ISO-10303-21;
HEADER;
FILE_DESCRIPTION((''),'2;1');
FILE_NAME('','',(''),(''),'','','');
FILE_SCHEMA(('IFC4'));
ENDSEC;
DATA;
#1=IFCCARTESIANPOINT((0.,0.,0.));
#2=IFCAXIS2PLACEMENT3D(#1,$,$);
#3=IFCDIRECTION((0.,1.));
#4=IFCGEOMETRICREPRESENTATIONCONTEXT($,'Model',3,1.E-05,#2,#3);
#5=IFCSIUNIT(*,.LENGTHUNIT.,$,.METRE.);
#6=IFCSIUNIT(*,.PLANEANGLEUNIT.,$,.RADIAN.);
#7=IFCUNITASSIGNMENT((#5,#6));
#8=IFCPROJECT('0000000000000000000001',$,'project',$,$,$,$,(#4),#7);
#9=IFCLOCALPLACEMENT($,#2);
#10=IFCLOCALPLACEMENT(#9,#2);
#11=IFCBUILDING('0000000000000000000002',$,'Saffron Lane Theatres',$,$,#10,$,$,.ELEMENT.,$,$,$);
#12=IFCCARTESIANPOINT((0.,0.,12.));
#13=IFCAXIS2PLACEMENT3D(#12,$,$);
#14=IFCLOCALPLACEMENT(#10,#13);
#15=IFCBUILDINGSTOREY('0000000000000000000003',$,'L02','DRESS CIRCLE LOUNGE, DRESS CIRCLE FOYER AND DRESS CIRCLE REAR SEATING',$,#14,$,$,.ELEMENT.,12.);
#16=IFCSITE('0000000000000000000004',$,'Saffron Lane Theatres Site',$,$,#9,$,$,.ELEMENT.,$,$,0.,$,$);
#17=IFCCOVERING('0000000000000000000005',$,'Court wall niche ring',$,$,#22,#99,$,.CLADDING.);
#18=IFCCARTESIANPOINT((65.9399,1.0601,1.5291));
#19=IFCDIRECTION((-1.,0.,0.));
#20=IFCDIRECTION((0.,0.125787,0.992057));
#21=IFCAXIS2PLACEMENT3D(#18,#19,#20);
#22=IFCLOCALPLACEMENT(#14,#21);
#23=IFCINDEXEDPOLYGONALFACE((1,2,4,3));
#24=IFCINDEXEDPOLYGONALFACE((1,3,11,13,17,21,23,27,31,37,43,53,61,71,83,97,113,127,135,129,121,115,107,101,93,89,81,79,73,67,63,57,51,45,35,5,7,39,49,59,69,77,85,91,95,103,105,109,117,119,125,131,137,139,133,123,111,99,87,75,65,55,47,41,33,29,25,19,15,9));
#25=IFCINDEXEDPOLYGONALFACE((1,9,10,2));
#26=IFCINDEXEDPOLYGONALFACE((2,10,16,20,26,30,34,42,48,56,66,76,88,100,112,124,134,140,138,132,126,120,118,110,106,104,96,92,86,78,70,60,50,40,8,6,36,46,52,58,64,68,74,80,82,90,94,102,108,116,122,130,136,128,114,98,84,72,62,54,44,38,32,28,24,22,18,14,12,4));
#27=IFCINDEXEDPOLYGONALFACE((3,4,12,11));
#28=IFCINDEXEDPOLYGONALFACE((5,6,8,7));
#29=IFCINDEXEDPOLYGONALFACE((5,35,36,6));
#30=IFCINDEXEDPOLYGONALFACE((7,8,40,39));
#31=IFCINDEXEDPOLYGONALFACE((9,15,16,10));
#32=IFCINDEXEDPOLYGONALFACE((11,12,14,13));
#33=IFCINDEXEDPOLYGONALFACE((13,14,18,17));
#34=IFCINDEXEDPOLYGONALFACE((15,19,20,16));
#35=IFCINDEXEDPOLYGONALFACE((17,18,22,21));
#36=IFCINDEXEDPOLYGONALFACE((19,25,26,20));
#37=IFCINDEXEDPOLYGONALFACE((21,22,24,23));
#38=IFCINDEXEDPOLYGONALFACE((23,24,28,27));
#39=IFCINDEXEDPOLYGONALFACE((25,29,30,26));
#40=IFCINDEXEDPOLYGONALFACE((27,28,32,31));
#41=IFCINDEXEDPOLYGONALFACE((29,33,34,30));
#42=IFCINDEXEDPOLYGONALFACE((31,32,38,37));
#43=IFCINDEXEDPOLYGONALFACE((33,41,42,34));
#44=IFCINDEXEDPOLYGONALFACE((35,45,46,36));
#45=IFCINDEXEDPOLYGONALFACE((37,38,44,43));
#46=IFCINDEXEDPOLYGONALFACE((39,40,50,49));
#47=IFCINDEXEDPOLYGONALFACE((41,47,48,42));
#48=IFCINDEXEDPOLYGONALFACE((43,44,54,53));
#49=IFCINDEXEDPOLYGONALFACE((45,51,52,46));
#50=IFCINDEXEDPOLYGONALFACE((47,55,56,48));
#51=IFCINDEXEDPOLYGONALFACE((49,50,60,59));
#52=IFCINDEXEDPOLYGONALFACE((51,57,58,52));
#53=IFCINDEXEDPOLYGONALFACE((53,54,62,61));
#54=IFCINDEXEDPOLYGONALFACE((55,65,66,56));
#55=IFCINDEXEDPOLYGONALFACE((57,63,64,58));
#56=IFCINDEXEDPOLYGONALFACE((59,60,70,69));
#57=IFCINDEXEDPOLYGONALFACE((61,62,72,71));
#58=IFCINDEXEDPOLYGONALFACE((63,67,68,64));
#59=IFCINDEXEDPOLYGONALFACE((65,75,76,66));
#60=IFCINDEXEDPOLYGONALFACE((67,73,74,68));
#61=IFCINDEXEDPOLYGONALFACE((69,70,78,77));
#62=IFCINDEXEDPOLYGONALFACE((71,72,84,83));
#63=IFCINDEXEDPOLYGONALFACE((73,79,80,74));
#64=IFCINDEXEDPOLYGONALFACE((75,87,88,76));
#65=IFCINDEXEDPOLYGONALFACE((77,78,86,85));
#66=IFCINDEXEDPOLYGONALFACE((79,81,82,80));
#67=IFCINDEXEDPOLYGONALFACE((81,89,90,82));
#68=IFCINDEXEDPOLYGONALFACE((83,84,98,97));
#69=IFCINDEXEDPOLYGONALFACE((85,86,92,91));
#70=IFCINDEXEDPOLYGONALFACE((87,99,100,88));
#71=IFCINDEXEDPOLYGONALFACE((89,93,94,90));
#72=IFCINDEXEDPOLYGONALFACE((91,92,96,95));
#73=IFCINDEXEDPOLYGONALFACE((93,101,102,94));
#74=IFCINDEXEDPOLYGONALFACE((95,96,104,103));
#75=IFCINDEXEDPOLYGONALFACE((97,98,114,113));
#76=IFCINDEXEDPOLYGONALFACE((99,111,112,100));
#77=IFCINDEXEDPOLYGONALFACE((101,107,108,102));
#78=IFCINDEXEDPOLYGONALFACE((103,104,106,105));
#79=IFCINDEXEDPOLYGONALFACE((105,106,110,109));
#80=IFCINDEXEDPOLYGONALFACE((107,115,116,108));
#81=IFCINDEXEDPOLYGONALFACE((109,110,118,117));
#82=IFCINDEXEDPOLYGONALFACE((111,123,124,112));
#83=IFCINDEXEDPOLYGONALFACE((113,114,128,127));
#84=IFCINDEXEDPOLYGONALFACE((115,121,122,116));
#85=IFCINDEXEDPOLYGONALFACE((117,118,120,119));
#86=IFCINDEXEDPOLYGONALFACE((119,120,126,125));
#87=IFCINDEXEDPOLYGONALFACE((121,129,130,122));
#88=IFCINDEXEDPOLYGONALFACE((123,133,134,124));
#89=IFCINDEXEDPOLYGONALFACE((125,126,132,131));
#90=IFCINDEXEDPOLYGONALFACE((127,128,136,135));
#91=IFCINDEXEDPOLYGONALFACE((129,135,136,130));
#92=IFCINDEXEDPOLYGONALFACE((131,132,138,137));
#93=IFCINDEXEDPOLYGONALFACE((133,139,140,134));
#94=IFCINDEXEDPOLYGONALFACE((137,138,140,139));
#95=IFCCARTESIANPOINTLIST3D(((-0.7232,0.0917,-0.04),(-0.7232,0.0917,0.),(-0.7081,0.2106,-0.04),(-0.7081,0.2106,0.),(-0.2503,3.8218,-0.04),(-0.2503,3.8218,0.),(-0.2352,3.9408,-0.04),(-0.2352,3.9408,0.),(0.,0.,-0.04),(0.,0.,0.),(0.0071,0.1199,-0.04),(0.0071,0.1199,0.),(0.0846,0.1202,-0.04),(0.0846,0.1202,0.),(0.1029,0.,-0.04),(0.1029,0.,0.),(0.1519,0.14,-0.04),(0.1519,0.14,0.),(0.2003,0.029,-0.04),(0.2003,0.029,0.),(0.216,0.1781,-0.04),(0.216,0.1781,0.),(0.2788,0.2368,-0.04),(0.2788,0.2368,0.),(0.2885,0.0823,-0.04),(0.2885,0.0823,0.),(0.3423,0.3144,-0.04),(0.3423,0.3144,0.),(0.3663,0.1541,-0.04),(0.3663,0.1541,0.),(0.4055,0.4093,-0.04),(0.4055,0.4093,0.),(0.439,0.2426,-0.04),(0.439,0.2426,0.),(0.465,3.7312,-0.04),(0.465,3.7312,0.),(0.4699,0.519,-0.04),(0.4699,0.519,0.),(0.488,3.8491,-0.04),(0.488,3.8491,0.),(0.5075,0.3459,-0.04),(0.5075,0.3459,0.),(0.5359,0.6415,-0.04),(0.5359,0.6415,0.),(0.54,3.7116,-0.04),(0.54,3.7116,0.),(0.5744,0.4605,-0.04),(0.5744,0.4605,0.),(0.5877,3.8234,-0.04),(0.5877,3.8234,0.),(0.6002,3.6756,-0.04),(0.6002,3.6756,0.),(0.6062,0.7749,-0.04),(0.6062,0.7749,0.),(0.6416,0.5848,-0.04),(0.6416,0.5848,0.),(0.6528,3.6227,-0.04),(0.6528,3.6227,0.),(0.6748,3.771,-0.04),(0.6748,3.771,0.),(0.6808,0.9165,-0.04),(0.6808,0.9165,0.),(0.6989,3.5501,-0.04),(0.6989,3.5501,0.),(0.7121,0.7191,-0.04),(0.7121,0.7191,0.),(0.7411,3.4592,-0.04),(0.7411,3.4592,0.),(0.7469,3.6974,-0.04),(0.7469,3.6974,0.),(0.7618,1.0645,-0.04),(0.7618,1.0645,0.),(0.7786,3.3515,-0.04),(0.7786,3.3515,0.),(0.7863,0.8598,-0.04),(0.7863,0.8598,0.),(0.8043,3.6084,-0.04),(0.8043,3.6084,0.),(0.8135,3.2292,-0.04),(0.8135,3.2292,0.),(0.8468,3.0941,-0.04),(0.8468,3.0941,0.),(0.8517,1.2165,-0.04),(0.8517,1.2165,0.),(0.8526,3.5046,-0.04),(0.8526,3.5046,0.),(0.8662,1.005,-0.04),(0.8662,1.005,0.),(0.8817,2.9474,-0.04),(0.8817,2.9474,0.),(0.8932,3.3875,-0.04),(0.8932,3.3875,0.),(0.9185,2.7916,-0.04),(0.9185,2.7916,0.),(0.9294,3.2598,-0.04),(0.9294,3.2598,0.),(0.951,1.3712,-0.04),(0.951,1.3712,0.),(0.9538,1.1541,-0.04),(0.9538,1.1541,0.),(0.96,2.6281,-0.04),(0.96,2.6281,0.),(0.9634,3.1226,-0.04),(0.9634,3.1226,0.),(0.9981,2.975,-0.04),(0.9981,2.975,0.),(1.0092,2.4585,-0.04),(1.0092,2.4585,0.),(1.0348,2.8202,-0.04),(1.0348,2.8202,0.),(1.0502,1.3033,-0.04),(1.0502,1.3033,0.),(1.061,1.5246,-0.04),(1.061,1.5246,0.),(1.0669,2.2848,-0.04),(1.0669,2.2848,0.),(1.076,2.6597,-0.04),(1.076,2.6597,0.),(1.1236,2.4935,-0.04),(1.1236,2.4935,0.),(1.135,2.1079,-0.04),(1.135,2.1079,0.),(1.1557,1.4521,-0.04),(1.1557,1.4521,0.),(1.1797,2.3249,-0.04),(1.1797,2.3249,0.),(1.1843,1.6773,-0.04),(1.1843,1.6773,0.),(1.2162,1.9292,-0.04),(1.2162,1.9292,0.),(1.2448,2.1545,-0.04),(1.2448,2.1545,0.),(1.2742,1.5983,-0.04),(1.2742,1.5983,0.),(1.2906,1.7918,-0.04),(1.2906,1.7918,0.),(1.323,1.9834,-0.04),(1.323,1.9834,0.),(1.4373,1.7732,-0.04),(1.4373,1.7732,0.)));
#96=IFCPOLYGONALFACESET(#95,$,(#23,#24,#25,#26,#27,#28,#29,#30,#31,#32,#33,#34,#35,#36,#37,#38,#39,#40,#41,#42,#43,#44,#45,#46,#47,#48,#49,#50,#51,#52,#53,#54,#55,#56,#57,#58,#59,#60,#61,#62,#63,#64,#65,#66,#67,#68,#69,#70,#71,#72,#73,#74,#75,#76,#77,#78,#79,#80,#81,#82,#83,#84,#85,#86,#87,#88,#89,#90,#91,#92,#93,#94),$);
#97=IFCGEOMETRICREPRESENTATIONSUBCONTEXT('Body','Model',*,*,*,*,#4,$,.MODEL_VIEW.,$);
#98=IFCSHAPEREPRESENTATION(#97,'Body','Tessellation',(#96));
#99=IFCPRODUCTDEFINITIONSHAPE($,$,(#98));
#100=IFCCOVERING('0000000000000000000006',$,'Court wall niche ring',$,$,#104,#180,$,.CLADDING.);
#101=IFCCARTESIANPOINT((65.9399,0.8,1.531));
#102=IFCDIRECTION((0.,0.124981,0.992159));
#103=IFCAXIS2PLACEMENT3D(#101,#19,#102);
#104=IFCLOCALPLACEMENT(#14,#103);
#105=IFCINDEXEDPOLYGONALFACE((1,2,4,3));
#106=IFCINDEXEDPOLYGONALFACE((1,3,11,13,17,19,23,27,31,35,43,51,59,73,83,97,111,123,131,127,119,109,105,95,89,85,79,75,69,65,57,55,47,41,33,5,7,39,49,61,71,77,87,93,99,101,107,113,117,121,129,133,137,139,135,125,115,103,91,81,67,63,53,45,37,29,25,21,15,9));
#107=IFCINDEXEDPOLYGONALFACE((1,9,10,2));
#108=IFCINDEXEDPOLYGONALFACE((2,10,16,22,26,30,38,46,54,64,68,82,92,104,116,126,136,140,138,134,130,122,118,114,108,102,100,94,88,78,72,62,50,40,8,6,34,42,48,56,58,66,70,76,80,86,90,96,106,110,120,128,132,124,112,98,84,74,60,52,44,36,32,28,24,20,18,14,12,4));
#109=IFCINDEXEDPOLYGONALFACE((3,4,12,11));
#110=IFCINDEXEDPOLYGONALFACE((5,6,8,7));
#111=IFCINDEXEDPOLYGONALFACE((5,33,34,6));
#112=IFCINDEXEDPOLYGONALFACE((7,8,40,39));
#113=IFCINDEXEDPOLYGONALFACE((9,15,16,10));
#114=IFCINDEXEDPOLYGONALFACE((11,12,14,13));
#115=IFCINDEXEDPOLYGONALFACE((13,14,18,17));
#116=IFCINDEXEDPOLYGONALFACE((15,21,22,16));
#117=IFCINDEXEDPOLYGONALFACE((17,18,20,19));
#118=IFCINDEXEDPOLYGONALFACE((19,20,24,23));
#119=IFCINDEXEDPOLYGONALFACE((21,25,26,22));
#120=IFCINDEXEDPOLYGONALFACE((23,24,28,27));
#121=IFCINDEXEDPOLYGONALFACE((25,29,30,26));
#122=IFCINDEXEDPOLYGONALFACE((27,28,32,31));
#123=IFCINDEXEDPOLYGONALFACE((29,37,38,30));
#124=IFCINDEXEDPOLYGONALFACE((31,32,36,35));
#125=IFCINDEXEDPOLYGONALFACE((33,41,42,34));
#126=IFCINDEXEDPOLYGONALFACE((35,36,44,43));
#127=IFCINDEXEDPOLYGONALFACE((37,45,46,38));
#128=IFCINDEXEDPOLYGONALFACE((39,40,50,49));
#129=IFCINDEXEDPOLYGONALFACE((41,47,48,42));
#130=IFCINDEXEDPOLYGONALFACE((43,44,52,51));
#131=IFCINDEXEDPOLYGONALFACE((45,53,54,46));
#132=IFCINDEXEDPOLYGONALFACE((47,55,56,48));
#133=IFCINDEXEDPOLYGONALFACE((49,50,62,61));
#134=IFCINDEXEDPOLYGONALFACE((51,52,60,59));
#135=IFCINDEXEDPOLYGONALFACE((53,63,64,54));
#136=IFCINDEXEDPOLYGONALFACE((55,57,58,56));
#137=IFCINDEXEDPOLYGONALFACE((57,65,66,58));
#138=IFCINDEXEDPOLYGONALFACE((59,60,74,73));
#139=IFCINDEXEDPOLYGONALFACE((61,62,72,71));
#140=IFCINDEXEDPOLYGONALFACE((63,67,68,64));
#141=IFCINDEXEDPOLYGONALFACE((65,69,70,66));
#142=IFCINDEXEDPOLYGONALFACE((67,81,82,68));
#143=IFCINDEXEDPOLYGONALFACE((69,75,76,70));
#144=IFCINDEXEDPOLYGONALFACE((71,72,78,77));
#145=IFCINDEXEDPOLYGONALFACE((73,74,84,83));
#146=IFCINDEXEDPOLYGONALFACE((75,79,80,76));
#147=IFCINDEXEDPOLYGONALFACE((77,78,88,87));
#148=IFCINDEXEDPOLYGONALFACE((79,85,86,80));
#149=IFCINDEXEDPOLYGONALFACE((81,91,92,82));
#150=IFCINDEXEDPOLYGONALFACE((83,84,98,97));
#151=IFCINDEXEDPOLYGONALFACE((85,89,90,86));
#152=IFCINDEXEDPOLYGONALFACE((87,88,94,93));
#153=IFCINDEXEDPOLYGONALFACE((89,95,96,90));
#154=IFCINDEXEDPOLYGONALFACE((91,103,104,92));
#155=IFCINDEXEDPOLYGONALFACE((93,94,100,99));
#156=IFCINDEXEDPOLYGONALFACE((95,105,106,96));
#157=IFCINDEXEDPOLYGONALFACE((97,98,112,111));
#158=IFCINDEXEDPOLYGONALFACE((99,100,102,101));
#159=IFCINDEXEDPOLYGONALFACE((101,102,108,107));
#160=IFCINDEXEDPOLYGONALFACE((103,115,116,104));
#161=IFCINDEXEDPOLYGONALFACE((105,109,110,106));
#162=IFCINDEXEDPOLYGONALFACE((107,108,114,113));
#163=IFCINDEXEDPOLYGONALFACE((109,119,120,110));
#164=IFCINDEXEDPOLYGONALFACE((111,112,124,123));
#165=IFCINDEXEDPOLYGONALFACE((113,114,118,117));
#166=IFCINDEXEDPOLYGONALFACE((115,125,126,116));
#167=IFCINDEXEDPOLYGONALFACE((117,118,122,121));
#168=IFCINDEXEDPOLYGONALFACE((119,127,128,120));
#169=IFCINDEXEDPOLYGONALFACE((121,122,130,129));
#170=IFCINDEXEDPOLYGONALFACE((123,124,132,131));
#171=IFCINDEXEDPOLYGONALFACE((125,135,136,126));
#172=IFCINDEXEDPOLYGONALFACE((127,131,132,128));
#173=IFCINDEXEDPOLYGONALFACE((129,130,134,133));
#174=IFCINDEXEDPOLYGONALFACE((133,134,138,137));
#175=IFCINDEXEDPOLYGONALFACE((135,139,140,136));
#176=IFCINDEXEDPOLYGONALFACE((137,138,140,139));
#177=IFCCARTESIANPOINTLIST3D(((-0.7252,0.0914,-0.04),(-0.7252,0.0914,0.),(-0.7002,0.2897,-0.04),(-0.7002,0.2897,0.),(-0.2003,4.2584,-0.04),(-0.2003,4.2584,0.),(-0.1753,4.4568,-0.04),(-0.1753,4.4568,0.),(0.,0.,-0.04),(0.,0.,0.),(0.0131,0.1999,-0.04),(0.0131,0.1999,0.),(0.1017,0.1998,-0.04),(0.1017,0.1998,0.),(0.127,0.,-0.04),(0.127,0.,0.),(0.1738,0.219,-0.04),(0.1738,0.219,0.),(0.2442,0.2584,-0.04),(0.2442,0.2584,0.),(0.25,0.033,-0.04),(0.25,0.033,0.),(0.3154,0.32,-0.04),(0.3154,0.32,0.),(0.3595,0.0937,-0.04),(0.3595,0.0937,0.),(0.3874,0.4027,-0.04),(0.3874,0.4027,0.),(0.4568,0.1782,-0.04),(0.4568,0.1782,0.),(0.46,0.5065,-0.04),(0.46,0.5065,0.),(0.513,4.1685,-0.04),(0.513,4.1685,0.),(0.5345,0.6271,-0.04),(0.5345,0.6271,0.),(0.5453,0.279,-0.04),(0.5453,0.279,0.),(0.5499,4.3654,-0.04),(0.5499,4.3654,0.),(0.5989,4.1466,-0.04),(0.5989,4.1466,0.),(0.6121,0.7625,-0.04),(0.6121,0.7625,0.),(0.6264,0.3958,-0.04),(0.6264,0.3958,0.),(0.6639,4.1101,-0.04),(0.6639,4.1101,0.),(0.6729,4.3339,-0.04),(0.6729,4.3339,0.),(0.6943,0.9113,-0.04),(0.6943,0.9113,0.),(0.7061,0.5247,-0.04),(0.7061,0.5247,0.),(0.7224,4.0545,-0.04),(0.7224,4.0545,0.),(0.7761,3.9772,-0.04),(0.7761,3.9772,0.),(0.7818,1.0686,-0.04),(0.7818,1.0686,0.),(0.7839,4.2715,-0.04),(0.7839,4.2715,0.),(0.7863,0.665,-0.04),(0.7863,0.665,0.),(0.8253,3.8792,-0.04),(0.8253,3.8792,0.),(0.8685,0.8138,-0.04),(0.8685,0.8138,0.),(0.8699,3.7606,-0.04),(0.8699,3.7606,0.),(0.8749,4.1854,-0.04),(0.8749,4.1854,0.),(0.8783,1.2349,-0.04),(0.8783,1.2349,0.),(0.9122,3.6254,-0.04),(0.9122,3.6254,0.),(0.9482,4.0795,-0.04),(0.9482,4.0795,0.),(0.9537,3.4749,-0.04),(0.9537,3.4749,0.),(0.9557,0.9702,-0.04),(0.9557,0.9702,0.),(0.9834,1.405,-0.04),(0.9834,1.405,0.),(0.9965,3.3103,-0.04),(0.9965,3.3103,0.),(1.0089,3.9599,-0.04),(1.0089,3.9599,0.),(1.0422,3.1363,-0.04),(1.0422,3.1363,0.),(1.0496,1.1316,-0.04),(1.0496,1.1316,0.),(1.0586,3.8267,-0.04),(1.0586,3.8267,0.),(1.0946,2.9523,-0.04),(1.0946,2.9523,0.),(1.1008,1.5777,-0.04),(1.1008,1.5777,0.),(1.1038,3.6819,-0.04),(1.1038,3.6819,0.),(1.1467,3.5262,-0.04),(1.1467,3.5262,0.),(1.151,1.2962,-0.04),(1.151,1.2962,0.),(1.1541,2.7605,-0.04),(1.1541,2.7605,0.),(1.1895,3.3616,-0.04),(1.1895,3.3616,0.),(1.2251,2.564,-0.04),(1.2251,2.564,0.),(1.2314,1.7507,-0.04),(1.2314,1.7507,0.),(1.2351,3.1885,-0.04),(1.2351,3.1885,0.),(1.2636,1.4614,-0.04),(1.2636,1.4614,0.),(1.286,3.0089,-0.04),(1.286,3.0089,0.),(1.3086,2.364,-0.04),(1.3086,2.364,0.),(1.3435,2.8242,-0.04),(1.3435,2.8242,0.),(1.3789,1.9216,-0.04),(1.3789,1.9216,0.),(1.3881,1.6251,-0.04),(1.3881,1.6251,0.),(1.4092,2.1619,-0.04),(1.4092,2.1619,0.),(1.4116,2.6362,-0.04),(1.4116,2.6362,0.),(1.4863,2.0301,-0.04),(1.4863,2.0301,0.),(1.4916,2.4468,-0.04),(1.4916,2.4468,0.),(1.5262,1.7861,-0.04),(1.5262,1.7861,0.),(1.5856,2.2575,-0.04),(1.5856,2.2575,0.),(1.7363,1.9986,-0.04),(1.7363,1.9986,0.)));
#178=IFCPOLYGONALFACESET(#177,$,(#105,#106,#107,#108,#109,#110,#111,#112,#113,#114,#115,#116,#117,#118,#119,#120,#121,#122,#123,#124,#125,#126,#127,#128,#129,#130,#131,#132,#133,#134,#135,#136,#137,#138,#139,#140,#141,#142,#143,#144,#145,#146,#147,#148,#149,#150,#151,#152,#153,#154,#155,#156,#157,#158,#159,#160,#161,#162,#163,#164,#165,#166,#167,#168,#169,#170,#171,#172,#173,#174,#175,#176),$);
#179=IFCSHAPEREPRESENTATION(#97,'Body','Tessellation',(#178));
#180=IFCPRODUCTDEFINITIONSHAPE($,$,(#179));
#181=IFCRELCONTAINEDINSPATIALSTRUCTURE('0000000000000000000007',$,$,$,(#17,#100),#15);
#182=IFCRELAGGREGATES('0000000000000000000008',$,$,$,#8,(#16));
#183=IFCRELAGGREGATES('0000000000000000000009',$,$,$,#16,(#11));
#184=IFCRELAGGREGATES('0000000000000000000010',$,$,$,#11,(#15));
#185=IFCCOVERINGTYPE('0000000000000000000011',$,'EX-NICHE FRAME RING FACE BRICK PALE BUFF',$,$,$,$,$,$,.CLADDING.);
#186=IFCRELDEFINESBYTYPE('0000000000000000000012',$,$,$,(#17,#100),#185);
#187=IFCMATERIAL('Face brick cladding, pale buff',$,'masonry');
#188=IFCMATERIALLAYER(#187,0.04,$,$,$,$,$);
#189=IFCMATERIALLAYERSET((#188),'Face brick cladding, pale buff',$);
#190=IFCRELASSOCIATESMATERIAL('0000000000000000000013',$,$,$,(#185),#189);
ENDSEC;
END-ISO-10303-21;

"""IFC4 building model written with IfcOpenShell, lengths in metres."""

from ifc_helpers import new_model, si_unit, direction, frame, origin, place, context, subcontext, project, spatial, polyline, outline, extrude, material, layer, layer_set, type_object, element, save


model = new_model("IFC4")

# Units and contexts
model_context = context("Model", 3, precision=1e-05, world=origin(), true_north=direction((0.0, 1.0)))
body_context = subcontext(model_context, "Body", "Model", "MODEL_VIEW")
ifc_project = project(units=[si_unit("LENGTHUNIT", "METRE"), si_unit("PLANEANGLEUNIT", "RADIAN")], contexts=[model_context])

# Site, building, storey
site_placement = place(None, origin())
site = spatial("IfcSite", under=ifc_project, at=site_placement, Name="Saffron Lane Theatres Site", CompositionType="ELEMENT", RefElevation=0.0)
building_placement = place(site_placement, origin())
building = spatial("IfcBuilding", under=site, at=building_placement, Name="Saffron Lane Theatres", CompositionType="ELEMENT")
storey_placement = place(building_placement, frame((0.0, 0.0, 12.0)))
storey = spatial("IfcBuildingStorey", under=building, at=storey_placement, Name="L02", Description="DRESS CIRCLE LOUNGE, DRESS CIRCLE FOYER AND DRESS CIRCLE REAR SEATING", CompositionType="ELEMENT", Elevation=12.0)

# Coverings
ifc_material_1 = material(Name="Face brick cladding, pale buff", Category="masonry")
ifc_layer_1 = layer(ifc_material_1, 0.04)
ifc_layer_set_1 = layer_set([ifc_layer_1], Name="Face brick cladding, pale buff")
covering_type_1 = type_object("IfcCoveringType", Name="EX-NICHE FRAME RING FACE BRICK PALE BUFF", PredefinedType="CLADDING", material=ifc_layer_set_1)
covering_1_placement = place(storey_placement, frame((65.9399, 1.0601, 1.5291), z_axis=(-1.0, 0.0, 0.0), x_axis=(0.0, 0.125787, 0.992057)))
element("IfcCovering", 1, at=covering_1_placement, inside=storey, type_object=covering_type_1, Name="Court wall niche ring", PredefinedType="CLADDING", context=body_context, shape_type="SweptSolid", body=[
    extrude(outline(polyline([(0.0, 0.0), (0.1029, 0.0), (0.2003, 0.029), (0.2885, 0.0823), (0.3663, 0.1541), (0.439, 0.2426), (0.5075, 0.3459), (0.5744, 0.4605), (0.6416, 0.5848), (0.7121, 0.7191), (0.7863, 0.8598), (0.8662, 1.005), (0.9538, 1.1541), (1.0502, 1.3033), (1.1557, 1.4521), (1.2742, 1.5983), (1.4373, 1.7732), (1.323, 1.9834), (1.2448, 2.1545), (1.1797, 2.3249), (1.1236, 2.4935), (1.076, 2.6597), (1.0348, 2.8202), (0.9981, 2.975), (0.9634, 3.1226), (0.9294, 3.2598), (0.8932, 3.3875), (0.8526, 3.5046), (0.8043, 3.6084), (0.7469, 3.6974), (0.6748, 3.771), (0.5877, 3.8234), (0.488, 3.8491), (-0.2352, 3.9408), (-0.2503, 3.8218), (0.465, 3.7312), (0.54, 3.7116), (0.6002, 3.6756), (0.6528, 3.6227), (0.6989, 3.5501), (0.7411, 3.4592), (0.7786, 3.3515), (0.8135, 3.2292), (0.8468, 3.0941), (0.8817, 2.9474), (0.9185, 2.7916), (0.96, 2.6281), (1.0092, 2.4585), (1.0669, 2.2848), (1.135, 2.1079), (1.2162, 1.9292), (1.2906, 1.7918), (1.1843, 1.6773), (1.061, 1.5246), (0.951, 1.3712), (0.8517, 1.2165), (0.7618, 1.0645), (0.6808, 0.9165), (0.6062, 0.7749), (0.5359, 0.6415), (0.4699, 0.519), (0.4055, 0.4093), (0.3423, 0.3144), (0.2788, 0.2368), (0.216, 0.1781), (0.1519, 0.14), (0.0846, 0.1202), (0.0071, 0.1199), (-0.7081, 0.2106), (-0.7232, 0.0917), (0.0, 0.0)])), origin(), (0.0, 0.0, -1.0), 0.04),
])
covering_2_placement = place(storey_placement, frame((65.9399, 0.8, 1.531), z_axis=(-1.0, 0.0, 0.0), x_axis=(0.0, 0.124981, 0.992159)))
element("IfcCovering", 2, at=covering_2_placement, inside=storey, type_object=covering_type_1, Name="Court wall niche ring", PredefinedType="CLADDING", context=body_context, shape_type="SweptSolid", body=[
    extrude(outline(polyline([(0.0, 0.0), (0.127, 0.0), (0.25, 0.033), (0.3595, 0.0937), (0.4568, 0.1782), (0.5453, 0.279), (0.6264, 0.3958), (0.7061, 0.5247), (0.7863, 0.665), (0.8685, 0.8138), (0.9557, 0.9702), (1.0496, 1.1316), (1.151, 1.2962), (1.2636, 1.4614), (1.3881, 1.6251), (1.5262, 1.7861), (1.7363, 1.9986), (1.5856, 2.2575), (1.4916, 2.4468), (1.4116, 2.6362), (1.3435, 2.8242), (1.286, 3.0089), (1.2351, 3.1885), (1.1895, 3.3616), (1.1467, 3.5262), (1.1038, 3.6819), (1.0586, 3.8267), (1.0089, 3.9599), (0.9482, 4.0795), (0.8749, 4.1854), (0.7839, 4.2715), (0.6729, 4.3339), (0.5499, 4.3654), (-0.1753, 4.4568), (-0.2003, 4.2584), (0.513, 4.1685), (0.5989, 4.1466), (0.6639, 4.1101), (0.7224, 4.0545), (0.7761, 3.9772), (0.8253, 3.8792), (0.8699, 3.7606), (0.9122, 3.6254), (0.9537, 3.4749), (0.9965, 3.3103), (1.0422, 3.1363), (1.0946, 2.9523), (1.1541, 2.7605), (1.2251, 2.564), (1.3086, 2.364), (1.4092, 2.1619), (1.4863, 2.0301), (1.3789, 1.9216), (1.2314, 1.7507), (1.1008, 1.5777), (0.9834, 1.405), (0.8783, 1.2349), (0.7818, 1.0686), (0.6943, 0.9113), (0.6121, 0.7625), (0.5345, 0.6271), (0.46, 0.5065), (0.3874, 0.4027), (0.3154, 0.32), (0.2442, 0.2584), (0.1738, 0.219), (0.1017, 0.1998), (0.0131, 0.1999), (-0.7002, 0.2897), (-0.7252, 0.0914), (0.0, 0.0)])), origin(), (0.0, 0.0, -1.0), 0.04),
])

save(model, "model.ifc")
